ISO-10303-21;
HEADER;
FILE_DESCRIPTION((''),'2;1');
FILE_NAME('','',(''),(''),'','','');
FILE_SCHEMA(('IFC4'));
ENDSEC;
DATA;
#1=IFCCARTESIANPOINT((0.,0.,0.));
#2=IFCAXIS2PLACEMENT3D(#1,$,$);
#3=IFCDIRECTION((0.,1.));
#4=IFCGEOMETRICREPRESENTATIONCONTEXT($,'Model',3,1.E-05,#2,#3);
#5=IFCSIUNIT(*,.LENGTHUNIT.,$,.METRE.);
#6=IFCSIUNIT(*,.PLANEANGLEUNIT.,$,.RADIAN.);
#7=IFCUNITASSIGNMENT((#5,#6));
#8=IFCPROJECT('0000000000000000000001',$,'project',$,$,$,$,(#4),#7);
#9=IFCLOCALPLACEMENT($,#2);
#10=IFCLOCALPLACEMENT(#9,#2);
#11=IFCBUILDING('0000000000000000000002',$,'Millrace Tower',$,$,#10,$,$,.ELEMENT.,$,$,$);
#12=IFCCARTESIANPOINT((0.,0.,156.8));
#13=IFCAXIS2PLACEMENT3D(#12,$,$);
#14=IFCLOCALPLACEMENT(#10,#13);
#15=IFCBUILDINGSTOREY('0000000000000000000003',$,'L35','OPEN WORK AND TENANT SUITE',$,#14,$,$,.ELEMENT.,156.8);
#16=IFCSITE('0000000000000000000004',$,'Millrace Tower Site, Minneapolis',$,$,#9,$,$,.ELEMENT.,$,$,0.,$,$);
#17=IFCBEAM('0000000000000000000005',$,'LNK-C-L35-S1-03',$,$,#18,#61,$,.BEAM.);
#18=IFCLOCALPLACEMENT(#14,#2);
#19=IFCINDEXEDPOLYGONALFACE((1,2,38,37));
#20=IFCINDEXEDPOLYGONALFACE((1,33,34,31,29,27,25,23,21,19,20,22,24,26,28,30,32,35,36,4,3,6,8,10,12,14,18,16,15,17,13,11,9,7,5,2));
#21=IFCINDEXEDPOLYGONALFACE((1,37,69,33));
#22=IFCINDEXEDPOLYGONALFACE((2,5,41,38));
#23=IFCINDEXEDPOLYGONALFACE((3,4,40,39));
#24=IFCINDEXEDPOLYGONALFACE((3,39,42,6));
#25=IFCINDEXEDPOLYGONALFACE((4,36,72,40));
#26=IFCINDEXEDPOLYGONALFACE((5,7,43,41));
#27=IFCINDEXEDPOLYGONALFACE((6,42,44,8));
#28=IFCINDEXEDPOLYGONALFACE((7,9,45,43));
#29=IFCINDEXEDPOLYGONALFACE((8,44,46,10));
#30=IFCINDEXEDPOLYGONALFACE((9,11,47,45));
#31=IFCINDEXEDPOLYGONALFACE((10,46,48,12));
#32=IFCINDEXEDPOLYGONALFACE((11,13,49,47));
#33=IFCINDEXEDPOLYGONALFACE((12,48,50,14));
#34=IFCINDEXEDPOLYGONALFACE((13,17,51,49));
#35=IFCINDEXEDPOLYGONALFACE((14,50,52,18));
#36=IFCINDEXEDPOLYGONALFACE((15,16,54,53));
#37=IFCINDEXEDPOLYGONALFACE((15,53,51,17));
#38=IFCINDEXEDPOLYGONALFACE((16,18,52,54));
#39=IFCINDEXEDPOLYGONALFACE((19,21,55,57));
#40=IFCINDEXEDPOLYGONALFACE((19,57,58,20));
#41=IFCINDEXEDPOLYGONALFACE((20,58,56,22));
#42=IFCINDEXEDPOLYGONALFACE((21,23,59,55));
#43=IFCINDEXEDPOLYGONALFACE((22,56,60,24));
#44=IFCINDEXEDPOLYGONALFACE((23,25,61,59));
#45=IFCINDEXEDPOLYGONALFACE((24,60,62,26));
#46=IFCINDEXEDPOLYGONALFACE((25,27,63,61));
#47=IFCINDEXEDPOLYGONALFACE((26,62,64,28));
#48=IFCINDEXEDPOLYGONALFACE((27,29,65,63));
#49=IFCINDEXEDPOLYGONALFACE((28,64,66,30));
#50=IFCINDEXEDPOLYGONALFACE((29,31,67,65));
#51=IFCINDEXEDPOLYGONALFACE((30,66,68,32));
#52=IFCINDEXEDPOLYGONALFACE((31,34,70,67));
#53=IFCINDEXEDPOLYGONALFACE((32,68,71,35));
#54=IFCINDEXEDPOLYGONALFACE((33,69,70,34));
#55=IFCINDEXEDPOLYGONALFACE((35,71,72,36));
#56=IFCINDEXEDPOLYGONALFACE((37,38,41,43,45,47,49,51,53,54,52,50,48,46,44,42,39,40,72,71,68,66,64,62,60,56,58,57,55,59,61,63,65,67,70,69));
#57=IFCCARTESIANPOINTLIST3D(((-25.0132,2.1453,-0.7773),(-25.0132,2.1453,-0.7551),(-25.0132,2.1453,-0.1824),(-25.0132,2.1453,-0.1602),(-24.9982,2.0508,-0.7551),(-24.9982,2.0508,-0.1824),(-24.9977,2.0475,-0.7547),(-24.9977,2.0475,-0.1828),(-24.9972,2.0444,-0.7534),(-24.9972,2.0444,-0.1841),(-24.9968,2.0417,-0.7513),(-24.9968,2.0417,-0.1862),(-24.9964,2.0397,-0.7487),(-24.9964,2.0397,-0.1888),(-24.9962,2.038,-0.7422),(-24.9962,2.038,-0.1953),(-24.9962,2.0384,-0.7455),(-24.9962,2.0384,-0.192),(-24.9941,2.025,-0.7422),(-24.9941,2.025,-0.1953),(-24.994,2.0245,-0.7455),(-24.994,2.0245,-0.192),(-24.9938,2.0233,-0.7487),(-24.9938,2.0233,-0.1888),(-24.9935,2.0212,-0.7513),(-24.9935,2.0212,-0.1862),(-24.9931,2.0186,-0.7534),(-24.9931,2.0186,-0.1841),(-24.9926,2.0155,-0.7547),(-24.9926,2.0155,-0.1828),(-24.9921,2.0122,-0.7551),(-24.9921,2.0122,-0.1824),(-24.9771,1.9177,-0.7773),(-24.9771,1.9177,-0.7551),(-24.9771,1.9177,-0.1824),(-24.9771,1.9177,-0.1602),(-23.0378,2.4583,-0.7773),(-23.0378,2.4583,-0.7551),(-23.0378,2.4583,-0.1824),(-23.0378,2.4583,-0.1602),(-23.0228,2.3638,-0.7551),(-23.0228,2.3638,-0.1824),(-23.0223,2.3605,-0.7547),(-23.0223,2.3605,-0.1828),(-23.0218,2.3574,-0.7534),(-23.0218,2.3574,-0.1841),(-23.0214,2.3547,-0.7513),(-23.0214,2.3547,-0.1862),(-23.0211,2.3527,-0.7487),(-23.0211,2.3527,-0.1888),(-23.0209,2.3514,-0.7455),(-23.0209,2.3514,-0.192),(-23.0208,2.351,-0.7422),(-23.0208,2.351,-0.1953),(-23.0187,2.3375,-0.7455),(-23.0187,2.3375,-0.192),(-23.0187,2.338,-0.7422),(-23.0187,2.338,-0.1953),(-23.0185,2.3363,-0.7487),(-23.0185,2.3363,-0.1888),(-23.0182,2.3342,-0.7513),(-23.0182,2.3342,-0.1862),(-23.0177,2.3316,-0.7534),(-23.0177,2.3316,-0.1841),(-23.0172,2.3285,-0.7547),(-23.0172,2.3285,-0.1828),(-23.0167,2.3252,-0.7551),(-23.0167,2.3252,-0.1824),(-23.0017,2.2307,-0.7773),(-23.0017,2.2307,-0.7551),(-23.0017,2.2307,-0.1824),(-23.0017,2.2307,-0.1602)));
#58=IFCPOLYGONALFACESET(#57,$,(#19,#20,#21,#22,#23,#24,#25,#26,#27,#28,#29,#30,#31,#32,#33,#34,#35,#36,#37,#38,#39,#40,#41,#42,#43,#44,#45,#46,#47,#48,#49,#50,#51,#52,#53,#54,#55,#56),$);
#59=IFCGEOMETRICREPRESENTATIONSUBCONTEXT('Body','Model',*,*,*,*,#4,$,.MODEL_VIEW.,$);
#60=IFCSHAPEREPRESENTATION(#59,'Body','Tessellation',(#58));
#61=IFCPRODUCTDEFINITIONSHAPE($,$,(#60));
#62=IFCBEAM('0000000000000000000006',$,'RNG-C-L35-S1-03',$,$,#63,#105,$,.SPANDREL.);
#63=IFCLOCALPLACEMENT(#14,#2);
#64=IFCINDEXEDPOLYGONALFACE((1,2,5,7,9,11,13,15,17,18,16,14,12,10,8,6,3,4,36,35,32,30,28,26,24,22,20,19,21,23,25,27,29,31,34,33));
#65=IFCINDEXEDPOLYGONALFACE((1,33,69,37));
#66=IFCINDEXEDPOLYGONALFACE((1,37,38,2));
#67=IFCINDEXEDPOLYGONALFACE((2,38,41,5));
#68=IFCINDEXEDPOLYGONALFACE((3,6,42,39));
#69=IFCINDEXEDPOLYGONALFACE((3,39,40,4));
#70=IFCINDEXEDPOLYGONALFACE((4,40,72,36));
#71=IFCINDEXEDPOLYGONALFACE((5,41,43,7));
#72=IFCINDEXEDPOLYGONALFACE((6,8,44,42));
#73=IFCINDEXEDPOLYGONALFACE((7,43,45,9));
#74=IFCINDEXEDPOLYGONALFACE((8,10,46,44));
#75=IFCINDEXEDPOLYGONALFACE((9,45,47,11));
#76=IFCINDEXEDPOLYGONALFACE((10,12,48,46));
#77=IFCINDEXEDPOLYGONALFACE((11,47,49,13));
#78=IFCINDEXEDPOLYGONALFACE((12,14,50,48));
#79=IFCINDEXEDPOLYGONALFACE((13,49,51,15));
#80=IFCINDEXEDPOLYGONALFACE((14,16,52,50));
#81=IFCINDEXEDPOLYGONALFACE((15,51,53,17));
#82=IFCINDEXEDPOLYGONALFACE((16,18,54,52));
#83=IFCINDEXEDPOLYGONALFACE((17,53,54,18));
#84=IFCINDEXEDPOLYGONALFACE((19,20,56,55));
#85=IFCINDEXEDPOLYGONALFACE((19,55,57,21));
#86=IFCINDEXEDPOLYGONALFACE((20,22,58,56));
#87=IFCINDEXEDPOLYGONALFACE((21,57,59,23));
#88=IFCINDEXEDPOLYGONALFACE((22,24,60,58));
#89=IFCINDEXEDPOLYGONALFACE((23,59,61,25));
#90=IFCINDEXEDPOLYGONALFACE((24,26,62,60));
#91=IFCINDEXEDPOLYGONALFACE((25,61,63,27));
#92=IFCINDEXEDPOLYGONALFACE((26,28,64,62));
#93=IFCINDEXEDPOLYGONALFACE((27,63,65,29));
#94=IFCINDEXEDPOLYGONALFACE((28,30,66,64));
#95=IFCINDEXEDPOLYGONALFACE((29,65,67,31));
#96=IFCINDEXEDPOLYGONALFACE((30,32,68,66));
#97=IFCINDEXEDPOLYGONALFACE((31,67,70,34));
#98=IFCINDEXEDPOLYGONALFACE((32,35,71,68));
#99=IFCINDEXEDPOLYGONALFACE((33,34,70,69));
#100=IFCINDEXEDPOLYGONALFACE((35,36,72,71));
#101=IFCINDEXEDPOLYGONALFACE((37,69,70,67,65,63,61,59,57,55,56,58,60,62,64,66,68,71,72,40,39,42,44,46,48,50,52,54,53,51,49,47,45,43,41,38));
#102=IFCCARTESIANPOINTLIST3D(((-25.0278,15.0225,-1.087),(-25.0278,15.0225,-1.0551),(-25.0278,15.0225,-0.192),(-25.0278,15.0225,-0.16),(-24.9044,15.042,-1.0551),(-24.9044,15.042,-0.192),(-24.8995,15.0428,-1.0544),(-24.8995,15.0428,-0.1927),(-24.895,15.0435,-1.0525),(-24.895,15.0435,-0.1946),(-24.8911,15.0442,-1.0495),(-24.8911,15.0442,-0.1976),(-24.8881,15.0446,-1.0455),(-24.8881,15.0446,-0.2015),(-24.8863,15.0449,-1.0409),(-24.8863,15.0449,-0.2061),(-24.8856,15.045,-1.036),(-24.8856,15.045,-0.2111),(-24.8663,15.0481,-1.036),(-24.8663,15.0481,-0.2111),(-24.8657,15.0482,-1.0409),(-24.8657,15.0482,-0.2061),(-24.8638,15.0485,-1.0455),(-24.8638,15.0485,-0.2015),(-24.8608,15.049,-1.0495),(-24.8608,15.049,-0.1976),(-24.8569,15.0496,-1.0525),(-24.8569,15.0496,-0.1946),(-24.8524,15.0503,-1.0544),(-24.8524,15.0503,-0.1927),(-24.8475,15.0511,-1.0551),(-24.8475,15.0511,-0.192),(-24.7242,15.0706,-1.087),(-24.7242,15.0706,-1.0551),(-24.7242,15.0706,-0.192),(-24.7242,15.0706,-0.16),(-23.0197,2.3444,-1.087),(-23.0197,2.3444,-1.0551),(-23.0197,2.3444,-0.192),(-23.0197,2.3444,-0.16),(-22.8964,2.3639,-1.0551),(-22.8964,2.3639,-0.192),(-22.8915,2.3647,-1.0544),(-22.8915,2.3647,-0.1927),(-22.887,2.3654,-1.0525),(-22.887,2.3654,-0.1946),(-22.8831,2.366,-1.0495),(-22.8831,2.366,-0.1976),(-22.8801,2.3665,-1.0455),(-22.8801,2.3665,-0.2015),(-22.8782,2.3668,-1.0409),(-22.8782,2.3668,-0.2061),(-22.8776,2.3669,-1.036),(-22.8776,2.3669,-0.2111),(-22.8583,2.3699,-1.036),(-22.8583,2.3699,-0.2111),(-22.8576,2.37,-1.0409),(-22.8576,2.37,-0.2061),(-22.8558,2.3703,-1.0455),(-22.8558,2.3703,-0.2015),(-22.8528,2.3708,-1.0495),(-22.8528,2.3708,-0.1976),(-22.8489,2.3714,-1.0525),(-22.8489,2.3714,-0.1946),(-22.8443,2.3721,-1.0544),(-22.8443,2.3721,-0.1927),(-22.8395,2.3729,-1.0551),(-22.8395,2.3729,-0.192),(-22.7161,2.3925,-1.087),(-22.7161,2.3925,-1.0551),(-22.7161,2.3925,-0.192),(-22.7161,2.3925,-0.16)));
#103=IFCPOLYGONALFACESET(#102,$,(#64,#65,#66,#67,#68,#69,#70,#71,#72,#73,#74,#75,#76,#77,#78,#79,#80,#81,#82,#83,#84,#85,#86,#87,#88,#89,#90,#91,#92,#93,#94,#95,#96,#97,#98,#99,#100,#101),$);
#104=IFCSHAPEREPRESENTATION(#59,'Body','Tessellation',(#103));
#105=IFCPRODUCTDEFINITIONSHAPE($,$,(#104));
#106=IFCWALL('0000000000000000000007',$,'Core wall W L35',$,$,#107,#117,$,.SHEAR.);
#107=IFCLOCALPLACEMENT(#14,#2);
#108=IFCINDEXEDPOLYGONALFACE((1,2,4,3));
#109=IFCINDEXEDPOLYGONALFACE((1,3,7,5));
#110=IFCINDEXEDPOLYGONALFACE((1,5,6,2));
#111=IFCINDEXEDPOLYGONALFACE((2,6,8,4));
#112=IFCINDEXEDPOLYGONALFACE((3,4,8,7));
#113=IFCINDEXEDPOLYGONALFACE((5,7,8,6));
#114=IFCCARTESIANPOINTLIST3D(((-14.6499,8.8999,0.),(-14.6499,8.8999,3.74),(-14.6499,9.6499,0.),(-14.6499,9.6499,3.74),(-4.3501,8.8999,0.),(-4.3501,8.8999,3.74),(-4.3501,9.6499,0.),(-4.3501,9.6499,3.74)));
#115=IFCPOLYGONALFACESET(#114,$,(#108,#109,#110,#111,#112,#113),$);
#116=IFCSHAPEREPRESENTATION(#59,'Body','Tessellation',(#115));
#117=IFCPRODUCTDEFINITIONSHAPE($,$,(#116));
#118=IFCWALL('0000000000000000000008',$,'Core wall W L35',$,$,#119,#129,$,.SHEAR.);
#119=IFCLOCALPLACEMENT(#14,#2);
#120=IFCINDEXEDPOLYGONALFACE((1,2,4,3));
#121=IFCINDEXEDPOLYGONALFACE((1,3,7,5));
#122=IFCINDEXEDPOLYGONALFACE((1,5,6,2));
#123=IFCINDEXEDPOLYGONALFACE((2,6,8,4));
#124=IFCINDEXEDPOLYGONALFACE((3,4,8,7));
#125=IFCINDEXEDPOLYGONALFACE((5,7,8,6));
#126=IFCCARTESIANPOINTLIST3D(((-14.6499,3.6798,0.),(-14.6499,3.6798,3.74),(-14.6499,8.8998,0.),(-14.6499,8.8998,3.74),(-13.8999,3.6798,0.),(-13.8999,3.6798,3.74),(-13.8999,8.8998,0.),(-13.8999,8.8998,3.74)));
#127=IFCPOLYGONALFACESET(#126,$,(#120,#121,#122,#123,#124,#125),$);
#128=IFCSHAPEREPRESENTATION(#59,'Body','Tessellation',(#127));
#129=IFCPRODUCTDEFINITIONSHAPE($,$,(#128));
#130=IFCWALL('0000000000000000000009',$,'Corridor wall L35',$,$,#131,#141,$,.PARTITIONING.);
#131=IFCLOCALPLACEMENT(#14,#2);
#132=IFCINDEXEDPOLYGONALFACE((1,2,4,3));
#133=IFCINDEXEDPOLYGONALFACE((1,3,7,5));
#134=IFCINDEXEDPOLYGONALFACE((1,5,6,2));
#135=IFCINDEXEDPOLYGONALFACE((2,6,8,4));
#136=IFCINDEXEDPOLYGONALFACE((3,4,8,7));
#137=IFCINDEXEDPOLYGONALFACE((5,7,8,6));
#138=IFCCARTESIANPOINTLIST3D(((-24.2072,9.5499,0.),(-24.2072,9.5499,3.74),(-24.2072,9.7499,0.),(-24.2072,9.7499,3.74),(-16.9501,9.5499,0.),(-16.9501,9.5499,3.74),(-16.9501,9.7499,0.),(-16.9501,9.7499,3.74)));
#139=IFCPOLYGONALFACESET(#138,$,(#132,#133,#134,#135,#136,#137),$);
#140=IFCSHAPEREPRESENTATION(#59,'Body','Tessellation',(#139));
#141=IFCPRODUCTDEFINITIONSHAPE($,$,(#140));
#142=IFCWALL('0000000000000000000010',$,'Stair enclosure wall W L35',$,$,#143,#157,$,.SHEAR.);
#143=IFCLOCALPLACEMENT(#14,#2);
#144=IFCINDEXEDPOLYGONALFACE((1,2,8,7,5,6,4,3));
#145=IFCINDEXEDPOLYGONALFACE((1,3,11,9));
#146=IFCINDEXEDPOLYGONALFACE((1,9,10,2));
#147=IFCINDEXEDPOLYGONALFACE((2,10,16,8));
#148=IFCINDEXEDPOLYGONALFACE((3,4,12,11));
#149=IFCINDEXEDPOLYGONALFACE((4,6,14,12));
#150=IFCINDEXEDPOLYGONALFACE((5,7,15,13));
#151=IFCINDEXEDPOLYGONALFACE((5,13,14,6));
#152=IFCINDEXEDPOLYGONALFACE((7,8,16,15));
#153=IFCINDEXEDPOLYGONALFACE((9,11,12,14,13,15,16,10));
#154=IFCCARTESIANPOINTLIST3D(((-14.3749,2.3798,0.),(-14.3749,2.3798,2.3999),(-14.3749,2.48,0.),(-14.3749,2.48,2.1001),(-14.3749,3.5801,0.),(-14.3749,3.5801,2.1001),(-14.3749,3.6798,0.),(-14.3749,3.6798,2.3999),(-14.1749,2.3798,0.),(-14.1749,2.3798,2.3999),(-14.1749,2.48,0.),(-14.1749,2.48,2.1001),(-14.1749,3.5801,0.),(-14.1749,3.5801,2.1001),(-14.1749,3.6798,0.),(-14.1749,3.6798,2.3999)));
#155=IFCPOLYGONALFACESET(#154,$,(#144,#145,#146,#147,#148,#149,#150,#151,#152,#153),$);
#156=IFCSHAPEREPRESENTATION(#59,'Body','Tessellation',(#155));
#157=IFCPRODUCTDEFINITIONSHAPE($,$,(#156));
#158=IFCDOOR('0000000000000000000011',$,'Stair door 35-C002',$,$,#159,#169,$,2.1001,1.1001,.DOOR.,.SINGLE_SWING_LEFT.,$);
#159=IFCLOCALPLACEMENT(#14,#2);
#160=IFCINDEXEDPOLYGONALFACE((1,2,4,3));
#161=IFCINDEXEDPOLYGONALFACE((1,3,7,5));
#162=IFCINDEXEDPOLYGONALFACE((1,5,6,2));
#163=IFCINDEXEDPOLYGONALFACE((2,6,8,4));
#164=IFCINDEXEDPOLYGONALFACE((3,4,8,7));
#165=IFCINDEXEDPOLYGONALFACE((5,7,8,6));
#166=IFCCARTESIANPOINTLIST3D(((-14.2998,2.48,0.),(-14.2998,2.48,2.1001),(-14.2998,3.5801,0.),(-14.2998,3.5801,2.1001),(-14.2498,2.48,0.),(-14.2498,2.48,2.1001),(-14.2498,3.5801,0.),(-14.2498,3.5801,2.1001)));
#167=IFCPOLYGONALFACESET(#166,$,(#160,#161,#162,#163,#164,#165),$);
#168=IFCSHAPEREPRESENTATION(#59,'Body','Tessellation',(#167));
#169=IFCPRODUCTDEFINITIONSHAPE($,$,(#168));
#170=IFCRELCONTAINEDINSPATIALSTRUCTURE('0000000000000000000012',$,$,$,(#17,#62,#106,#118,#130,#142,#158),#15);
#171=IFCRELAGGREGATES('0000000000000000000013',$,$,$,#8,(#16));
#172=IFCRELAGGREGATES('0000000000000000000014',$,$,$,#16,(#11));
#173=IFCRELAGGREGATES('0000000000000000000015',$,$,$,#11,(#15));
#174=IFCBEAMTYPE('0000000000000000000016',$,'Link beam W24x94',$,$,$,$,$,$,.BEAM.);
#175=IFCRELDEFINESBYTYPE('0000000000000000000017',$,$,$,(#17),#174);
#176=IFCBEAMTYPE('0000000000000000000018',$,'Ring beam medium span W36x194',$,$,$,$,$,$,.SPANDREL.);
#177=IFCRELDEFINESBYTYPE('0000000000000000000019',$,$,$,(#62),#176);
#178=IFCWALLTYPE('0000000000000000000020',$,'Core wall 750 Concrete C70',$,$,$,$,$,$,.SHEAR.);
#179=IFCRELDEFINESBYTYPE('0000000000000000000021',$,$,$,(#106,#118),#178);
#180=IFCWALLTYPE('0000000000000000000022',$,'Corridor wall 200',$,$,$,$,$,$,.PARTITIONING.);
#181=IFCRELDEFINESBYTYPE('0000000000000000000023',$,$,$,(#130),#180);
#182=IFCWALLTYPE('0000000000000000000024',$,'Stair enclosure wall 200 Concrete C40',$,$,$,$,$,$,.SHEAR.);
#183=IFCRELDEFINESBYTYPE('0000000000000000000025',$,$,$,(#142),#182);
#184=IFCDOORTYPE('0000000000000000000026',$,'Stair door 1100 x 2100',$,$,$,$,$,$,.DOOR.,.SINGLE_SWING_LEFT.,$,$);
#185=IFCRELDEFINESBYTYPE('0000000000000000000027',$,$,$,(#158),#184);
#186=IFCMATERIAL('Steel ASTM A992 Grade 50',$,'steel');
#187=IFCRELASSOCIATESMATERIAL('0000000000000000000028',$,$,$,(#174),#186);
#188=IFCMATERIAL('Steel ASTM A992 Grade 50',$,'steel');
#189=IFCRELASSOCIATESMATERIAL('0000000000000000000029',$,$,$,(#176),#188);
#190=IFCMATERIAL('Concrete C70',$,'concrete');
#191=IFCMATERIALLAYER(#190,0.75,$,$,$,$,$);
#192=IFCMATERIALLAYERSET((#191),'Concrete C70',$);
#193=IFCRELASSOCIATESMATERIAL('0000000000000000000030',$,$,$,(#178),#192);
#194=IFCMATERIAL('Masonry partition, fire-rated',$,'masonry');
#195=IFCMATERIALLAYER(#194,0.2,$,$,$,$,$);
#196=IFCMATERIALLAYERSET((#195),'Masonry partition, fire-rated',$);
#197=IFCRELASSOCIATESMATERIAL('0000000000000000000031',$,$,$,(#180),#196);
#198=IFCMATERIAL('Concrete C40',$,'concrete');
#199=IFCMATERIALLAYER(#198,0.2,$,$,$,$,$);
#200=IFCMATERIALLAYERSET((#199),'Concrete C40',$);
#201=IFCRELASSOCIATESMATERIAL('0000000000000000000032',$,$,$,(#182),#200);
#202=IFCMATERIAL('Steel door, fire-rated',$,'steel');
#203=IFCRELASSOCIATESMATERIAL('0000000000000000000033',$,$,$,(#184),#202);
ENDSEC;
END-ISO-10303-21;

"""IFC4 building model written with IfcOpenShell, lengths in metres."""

from ifc_helpers import new_model, si_unit, direction, frame, frame_2d, origin, origin_2d, place, context, subcontext, project, spatial, rectangle, i_section, extrude, material, layer, layer_set, material_profile, profile_set, type_object, element, fill, save


model = new_model("IFC4")

# Units and contexts
model_context = context("Model", 3, precision=1e-05, world=origin(), true_north=direction((0.0, 1.0)))
body_context = subcontext(model_context, "Body", "Model", "MODEL_VIEW")
ifc_project = project(units=[si_unit("LENGTHUNIT", "METRE"), si_unit("PLANEANGLEUNIT", "RADIAN")], contexts=[model_context])

# Site, building, storey
site_placement = place(None, origin())
site = spatial("IfcSite", under=ifc_project, at=site_placement, Name="Millrace Tower Site, Minneapolis", CompositionType="ELEMENT", RefElevation=0.0)
building_placement = place(site_placement, origin())
building = spatial("IfcBuilding", under=site, at=building_placement, Name="Millrace Tower", CompositionType="ELEMENT")
storey_placement = place(building_placement, frame((0.0, 0.0, 156.8)))
storey = spatial("IfcBuildingStorey", under=building, at=storey_placement, Name="L35", Description="OPEN WORK AND TENANT SUITE", CompositionType="ELEMENT", Elevation=156.8)

# Beams
ifc_material_1 = material(Name="Steel ASTM A992 Grade 50", Category="steel")
ifc_material_profile_1 = material_profile(ifc_material_1, i_section(OverallWidth=0.2305, OverallDepth=0.6172, WebThickness=0.0132, FlangeThickness=0.0222, FilletRadius=0.0129, at=origin_2d()))
ifc_profile_set_1 = profile_set([ifc_material_profile_1], Name="Steel ASTM A992 Grade 50")
beam_type_1 = type_object("IfcBeamType", Name="Link beam W24x94", PredefinedType="BEAM", material=ifc_profile_set_1)
beam_1_placement = place(storey_placement, frame((-23.0198, 2.3445, -0.4688), z_axis=(-0.987679, -0.156495, 0.0), x_axis=(0.156495, -0.987679, 0.0)))
element("IfcBeam", 1, at=beam_1_placement, inside=storey, type_object=beam_type_1, Name="LNK-C-L35-S1-03", PredefinedType="BEAM", context=body_context, shape_type="SweptSolid", body=[
    extrude(i_section(OverallWidth=0.2305, OverallDepth=0.6172, WebThickness=0.0132, FlangeThickness=0.0222, FilletRadius=0.0129, at=origin_2d()), origin(), (0.0, 0.0, 1.0), 2.0),
])
ifc_material_2 = material(Name="Steel ASTM A992 Grade 50", Category="steel")
ifc_material_profile_2 = material_profile(ifc_material_2, i_section(OverallWidth=0.3074, OverallDepth=0.927, WebThickness=0.0195, FlangeThickness=0.032, FilletRadius=0.019, at=origin_2d()))
ifc_profile_set_2 = profile_set([ifc_material_profile_2], Name="Steel ASTM A992 Grade 50")
beam_type_2 = type_object("IfcBeamType", Name="Ring beam medium span W36x194", PredefinedType="SPANDREL", material=ifc_profile_set_2)
beam_2_placement = place(storey_placement, frame((-22.8679, 2.3684, -0.6235), z_axis=(-0.156436, 0.987688, 0.0), x_axis=(-0.987688, -0.156436, 0.0)))
element("IfcBeam", 2, at=beam_2_placement, inside=storey, type_object=beam_type_2, Name="RNG-C-L35-S1-03", PredefinedType="SPANDREL", context=body_context, shape_type="SweptSolid", body=[
    extrude(i_section(OverallWidth=0.3074, OverallDepth=0.927, WebThickness=0.0195, FlangeThickness=0.032, FilletRadius=0.019, at=origin_2d()), origin(), (0.0, 0.0, 1.0), 12.8362),
])

# Walls
ifc_material_3 = material(Name="Concrete C70", Category="concrete")
ifc_layer_1 = layer(ifc_material_3, 0.75)
ifc_layer_set_1 = layer_set([ifc_layer_1], Name="Concrete C70")
wall_type_1 = type_object("IfcWallType", Name="Core wall 750 Concrete C70", PredefinedType="SHEAR", material=ifc_layer_set_1)
wall_1_placement = place(storey_placement, frame((-14.6499, 9.2749, 0.0), z_axis=(0.0, 0.0, 1.0), x_axis=(1.0, 0.0, 0.0)))
element("IfcWall", 3, at=wall_1_placement, inside=storey, type_object=wall_type_1, Name="Core wall W L35", PredefinedType="SHEAR", context=body_context, shape_type="SweptSolid", body=[
    extrude(rectangle(XDim=10.2998, YDim=0.75, at=frame_2d((5.1499, 0.0))), origin(), (0.0, 0.0, 1.0), 3.74),
])
wall_2_placement = place(storey_placement, frame((-14.2749, 3.6799, 0.0), z_axis=(0.0, 0.0, 1.0), x_axis=(0.0, 1.0, 0.0)))
element("IfcWall", 4, at=wall_2_placement, inside=storey, type_object=wall_type_1, Name="Core wall W L35", PredefinedType="SHEAR", context=body_context, shape_type="SweptSolid", body=[
    extrude(rectangle(XDim=5.22, YDim=0.75, at=frame_2d((2.6099, 0.0))), origin(), (0.0, 0.0, 1.0), 3.74),
])
ifc_material_4 = material(Name="Masonry partition, fire-rated", Category="masonry")
ifc_layer_2 = layer(ifc_material_4, 0.2)
ifc_layer_set_2 = layer_set([ifc_layer_2], Name="Masonry partition, fire-rated")
wall_type_2 = type_object("IfcWallType", Name="Corridor wall 200", PredefinedType="PARTITIONING", material=ifc_layer_set_2)
wall_3_placement = place(storey_placement, frame((-24.207, 9.6499, 0.0), z_axis=(0.0, 0.0, 1.0), x_axis=(1.0, 0.0, 0.0)))
element("IfcWall", 5, at=wall_3_placement, inside=storey, type_object=wall_type_2, Name="Corridor wall L35", PredefinedType="PARTITIONING", context=body_context, shape_type="SweptSolid", body=[
    extrude(rectangle(XDim=7.2571, YDim=0.2, at=frame_2d((3.6284, 0.0))), origin(), (0.0, 0.0, 1.0), 3.74),
])

# Wall, opening, door
ifc_material_5 = material(Name="Concrete C40", Category="concrete")
ifc_layer_3 = layer(ifc_material_5, 0.2)
ifc_layer_set_3 = layer_set([ifc_layer_3], Name="Concrete C40")
wall_type_3 = type_object("IfcWallType", Name="Stair enclosure wall 200 Concrete C40", PredefinedType="SHEAR", material=ifc_layer_set_3)
wall_4_placement = place(storey_placement, frame((-14.2749, 2.3799, 0.0), z_axis=(0.0, 0.0, 1.0), x_axis=(0.0, 1.0, 0.0)))
wall_4 = element("IfcWall", 6, at=wall_4_placement, inside=storey, type_object=wall_type_3, Name="Stair enclosure wall W L35", PredefinedType="SHEAR", context=body_context, shape_type="SweptSolid", body=[
    extrude(rectangle(XDim=1.3, YDim=0.2, at=frame_2d((0.6499, 0.0))), origin(), (0.0, 0.0, 1.0), 2.3999),
])
opening_1_placement = place(wall_4_placement, frame((0.1001, 0.0, 0.0)))
opening_1 = element("IfcOpeningElement", 7, at=opening_1_placement, cuts=wall_4, PredefinedType="OPENING", context=body_context, shape_type="SweptSolid", body=[
    extrude(rectangle(XDim=1.1001, YDim=2.1001, at=frame_2d((0.55, 1.05))), frame((0.0, 0.1099, 0.0), z_axis=(0.0, -1.0, 0.0), x_axis=(1.0, 0.0, 0.0)), (0.0, 0.0, 1.0), 0.22),
])
ifc_material_6 = material(Name="Steel door, fire-rated", Category="steel")
door_type_1 = type_object("IfcDoorType", Name="Stair door 1100 x 2100", OperationType="SINGLE_SWING_LEFT", PredefinedType="DOOR", material=ifc_material_6)
door_1_placement = place(opening_1_placement, origin())
door_1 = element("IfcDoor", 8, at=door_1_placement, inside=storey, type_object=door_type_1, Name="Stair door 35-C002", OperationType="SINGLE_SWING_LEFT", OverallHeight=2.1001, OverallWidth=1.1001, PredefinedType="DOOR", context=body_context, shape_type="SweptSolid", body=[
    extrude(rectangle(XDim=1.1001, YDim=2.1001, at=frame_2d((0.55, 1.05))), frame((0.0, 0.0249, 0.0), z_axis=(0.0, -1.0, 0.0), x_axis=(1.0, 0.0, 0.0)), (0.0, 0.0, 1.0), 0.05),
])
fill(opening_1, door_1)

save(model, "model.ifc")
